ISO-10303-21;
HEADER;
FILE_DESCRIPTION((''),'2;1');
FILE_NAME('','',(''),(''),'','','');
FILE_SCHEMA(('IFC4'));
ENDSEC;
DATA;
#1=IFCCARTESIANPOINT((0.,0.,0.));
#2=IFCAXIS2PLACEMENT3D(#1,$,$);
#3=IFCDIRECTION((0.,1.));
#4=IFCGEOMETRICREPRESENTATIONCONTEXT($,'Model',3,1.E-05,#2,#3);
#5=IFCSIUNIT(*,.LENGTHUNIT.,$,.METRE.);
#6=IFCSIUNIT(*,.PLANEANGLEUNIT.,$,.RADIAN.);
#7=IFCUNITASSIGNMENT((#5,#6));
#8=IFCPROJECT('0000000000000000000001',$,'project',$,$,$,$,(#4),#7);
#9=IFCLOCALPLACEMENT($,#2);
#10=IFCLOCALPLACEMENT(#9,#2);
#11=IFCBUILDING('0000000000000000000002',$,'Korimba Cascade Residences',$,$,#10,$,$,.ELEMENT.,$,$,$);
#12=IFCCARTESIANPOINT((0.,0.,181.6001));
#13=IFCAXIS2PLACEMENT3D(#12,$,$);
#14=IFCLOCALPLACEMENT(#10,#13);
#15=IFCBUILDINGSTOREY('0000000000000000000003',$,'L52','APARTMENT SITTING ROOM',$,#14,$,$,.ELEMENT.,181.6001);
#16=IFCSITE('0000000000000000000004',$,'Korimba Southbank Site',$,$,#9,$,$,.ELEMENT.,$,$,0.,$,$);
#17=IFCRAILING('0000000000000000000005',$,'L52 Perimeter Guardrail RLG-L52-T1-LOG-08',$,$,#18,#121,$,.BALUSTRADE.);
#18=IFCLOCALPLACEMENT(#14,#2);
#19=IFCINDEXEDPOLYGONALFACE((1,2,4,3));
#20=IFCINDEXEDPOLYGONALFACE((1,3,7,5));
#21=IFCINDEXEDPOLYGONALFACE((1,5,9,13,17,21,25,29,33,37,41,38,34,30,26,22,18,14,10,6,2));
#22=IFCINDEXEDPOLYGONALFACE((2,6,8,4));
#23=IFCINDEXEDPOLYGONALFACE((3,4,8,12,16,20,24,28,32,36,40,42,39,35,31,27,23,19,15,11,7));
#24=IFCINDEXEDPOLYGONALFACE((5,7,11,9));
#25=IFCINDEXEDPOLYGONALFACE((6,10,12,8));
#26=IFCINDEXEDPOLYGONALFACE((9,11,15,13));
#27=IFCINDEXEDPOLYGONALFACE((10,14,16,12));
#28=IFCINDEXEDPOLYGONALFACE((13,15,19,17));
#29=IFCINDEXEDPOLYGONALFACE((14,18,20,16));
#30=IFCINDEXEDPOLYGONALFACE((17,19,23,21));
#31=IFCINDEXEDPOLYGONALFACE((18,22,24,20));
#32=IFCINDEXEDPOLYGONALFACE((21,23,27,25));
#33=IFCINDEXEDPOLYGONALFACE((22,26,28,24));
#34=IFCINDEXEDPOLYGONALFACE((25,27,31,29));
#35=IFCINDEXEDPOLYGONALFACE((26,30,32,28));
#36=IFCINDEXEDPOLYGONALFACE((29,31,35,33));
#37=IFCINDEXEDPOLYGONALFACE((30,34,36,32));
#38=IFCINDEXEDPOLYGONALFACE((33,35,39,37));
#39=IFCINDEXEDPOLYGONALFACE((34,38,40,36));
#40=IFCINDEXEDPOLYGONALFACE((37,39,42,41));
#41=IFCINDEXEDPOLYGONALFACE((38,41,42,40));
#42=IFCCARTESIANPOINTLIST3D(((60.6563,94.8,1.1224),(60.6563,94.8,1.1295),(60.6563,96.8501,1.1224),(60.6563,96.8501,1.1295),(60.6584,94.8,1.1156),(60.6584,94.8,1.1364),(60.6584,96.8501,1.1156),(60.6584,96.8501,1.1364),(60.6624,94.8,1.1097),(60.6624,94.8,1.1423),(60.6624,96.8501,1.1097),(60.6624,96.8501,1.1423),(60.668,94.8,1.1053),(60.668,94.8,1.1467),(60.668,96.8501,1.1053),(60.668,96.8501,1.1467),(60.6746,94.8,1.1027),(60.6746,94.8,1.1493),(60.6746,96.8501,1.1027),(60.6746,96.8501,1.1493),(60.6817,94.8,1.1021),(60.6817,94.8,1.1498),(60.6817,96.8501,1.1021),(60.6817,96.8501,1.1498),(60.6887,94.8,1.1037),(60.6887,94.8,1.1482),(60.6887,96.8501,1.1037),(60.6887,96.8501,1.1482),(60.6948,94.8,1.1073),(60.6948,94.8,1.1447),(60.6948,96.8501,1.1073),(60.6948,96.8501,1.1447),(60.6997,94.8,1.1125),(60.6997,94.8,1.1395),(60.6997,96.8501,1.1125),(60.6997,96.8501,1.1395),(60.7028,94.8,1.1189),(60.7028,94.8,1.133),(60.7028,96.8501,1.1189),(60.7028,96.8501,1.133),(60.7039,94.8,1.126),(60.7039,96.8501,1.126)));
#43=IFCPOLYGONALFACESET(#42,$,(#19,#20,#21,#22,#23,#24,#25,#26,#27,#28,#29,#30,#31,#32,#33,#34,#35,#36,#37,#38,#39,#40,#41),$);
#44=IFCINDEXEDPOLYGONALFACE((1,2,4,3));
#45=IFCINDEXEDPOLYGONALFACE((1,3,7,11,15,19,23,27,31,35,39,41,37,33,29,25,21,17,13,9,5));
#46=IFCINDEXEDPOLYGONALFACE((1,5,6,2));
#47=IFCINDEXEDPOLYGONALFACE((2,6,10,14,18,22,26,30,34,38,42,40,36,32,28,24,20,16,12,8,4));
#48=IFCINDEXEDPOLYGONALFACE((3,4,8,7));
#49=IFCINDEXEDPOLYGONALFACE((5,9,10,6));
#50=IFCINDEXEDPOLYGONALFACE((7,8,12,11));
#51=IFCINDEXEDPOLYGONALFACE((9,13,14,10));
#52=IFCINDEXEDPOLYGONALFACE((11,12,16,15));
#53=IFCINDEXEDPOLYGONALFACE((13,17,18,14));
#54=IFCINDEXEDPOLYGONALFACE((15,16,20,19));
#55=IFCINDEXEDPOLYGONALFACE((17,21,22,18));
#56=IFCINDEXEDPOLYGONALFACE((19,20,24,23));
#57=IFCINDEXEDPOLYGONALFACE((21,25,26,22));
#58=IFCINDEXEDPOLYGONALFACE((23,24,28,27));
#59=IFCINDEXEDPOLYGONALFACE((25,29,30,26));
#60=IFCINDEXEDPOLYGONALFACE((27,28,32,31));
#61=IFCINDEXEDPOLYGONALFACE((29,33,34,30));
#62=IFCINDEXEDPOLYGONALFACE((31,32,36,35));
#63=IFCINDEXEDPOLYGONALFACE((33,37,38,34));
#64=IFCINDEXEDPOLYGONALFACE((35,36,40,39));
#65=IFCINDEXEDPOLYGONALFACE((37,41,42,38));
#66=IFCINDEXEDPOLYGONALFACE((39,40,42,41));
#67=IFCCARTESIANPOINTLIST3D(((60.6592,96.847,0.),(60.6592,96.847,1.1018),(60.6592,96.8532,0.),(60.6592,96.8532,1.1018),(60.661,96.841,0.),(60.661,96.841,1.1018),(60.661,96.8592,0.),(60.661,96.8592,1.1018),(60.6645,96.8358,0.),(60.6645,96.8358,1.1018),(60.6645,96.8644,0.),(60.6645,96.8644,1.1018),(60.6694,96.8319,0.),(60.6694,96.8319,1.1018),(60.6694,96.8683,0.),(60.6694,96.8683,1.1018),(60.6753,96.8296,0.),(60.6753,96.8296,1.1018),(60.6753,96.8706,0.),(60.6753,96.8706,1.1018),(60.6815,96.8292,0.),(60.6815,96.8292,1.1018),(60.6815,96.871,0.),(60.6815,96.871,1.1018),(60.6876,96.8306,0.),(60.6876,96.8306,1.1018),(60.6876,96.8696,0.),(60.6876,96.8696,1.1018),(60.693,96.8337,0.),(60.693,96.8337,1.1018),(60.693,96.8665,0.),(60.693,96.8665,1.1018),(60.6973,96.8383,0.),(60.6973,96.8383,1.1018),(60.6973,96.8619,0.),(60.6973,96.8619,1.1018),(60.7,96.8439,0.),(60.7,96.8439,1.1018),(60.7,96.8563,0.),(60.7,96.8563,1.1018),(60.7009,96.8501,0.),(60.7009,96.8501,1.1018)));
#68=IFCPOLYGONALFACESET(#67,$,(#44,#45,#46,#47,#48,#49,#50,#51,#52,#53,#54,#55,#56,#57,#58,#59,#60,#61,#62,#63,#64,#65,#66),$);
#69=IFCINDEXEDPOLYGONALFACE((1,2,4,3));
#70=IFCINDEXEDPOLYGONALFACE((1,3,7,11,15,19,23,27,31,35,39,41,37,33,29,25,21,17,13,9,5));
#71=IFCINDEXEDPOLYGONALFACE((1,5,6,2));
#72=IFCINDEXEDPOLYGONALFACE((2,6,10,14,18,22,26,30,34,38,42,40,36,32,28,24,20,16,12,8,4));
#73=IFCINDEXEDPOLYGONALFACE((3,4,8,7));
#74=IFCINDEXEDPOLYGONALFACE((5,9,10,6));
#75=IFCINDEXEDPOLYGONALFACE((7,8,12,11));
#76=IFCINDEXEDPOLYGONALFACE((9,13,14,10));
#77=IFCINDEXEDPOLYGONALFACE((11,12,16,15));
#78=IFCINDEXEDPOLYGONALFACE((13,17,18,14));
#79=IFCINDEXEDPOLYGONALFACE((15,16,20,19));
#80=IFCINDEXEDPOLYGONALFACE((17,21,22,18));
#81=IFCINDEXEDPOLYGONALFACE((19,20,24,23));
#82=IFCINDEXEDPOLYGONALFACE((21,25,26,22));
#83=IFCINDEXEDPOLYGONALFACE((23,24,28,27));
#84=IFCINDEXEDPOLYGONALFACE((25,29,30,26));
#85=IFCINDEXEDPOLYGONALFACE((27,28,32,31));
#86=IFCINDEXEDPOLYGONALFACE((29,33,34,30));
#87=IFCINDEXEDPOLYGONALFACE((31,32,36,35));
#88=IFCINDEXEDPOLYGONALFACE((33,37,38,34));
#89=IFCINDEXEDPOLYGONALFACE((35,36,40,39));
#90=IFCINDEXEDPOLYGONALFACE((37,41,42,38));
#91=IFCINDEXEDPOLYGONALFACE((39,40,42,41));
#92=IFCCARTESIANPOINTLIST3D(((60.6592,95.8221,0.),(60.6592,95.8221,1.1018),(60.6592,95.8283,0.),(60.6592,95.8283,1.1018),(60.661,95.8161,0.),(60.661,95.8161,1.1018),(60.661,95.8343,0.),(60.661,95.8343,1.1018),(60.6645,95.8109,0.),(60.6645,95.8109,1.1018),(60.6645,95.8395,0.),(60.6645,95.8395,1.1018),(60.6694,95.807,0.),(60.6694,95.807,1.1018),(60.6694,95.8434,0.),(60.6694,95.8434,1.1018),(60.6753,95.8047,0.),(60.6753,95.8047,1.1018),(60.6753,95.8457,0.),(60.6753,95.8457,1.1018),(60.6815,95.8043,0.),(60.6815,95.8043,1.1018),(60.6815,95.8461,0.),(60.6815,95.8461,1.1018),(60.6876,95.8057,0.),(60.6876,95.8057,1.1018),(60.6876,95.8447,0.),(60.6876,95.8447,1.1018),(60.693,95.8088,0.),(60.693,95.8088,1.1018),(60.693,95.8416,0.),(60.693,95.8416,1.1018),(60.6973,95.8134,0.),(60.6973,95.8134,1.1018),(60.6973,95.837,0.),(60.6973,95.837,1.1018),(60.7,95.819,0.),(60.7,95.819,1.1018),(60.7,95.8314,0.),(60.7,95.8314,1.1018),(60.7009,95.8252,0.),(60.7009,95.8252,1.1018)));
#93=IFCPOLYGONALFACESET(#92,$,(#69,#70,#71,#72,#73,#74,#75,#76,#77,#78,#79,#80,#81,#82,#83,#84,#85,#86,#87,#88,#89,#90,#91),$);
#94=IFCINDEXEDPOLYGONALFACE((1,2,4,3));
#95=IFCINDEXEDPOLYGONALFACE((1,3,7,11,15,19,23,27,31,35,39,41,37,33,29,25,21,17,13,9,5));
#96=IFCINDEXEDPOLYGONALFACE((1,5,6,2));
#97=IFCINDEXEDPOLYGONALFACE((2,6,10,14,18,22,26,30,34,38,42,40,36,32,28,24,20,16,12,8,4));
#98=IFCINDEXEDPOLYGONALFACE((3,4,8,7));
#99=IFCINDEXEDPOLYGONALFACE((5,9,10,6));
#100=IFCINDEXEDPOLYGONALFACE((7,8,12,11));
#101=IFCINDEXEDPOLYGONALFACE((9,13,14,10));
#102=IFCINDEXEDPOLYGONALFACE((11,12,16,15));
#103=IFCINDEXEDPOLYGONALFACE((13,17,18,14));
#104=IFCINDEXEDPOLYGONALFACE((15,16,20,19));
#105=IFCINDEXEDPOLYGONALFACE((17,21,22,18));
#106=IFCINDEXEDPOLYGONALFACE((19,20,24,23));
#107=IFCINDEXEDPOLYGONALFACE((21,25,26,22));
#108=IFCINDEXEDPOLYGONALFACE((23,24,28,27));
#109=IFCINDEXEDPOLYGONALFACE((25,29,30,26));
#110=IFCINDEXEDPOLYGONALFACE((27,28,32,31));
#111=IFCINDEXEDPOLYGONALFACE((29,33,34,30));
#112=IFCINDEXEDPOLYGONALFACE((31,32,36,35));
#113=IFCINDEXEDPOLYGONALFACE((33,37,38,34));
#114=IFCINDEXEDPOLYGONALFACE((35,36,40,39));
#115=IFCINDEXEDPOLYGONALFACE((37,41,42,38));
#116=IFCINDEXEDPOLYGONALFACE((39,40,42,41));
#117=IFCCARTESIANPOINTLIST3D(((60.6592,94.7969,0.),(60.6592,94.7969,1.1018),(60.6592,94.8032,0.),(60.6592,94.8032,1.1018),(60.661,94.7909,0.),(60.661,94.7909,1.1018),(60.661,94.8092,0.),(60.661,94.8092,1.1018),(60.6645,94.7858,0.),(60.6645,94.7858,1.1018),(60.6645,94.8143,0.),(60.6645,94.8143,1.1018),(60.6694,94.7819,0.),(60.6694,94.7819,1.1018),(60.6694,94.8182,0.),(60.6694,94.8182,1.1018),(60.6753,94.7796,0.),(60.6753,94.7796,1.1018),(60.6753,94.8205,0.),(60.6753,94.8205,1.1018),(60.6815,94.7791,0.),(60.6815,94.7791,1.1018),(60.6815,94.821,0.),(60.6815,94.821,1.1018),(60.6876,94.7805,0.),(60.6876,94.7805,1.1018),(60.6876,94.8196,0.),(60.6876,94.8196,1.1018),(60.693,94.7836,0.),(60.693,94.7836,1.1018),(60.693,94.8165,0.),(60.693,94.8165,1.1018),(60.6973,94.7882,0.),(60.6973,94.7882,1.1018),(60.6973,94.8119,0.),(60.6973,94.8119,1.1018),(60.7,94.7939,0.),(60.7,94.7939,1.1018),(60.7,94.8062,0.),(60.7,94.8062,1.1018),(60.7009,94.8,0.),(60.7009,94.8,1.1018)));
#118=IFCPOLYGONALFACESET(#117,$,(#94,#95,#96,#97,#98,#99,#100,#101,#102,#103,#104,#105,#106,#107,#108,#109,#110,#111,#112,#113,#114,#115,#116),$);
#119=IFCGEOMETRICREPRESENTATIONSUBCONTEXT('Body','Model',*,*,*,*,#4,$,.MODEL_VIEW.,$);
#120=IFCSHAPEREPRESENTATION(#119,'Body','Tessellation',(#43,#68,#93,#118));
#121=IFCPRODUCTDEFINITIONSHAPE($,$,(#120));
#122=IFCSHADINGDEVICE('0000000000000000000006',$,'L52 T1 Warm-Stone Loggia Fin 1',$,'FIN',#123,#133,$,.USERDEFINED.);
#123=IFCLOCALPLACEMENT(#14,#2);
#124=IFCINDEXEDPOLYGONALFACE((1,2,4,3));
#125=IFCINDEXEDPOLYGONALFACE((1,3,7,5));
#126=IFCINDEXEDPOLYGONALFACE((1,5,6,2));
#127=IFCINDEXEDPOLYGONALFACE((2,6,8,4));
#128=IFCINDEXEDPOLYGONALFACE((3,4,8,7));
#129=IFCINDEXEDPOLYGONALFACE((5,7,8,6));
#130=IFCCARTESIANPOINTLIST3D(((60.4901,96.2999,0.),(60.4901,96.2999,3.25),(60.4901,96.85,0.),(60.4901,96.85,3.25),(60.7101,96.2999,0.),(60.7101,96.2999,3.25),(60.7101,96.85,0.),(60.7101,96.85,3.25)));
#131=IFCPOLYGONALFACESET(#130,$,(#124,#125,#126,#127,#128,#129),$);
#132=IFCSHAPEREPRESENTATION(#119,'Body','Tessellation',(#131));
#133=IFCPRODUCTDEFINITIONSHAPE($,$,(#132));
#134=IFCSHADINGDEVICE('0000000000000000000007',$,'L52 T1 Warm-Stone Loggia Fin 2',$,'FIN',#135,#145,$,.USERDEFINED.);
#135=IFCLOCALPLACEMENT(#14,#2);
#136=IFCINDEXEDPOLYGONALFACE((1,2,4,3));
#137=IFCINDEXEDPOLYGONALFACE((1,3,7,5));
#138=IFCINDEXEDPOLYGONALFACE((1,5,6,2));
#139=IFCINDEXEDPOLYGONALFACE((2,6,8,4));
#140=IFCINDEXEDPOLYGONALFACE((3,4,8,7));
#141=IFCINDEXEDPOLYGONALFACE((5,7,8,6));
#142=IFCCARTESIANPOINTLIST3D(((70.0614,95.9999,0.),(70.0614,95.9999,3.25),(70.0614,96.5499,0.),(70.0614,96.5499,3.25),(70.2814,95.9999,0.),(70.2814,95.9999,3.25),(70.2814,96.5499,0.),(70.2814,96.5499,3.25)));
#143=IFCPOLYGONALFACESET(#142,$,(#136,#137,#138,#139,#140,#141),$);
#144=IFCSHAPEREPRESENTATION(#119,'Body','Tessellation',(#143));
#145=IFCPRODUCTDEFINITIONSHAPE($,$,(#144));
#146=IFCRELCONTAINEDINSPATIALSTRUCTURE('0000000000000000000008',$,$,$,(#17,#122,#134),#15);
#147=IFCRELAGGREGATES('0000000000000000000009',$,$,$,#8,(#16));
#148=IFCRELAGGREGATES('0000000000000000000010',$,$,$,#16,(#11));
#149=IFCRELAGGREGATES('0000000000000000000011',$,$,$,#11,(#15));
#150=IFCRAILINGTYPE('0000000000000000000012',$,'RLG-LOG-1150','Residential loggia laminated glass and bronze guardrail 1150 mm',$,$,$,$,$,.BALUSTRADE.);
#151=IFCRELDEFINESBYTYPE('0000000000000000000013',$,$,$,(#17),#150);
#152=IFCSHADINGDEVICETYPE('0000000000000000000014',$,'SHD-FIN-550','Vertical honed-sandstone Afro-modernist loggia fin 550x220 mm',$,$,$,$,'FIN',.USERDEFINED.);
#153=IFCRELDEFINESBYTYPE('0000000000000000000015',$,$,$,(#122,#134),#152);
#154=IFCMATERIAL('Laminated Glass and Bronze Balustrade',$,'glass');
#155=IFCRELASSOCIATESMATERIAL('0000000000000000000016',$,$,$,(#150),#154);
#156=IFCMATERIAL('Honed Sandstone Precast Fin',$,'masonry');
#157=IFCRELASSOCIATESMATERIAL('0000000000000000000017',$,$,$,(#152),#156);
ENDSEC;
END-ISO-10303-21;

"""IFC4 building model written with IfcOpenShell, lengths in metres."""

from ifc_helpers import new_model, si_unit, direction, frame, origin, origin_2d, place, context, subcontext, project, spatial, rectangle, circle, extrude, material, type_object, element, save


model = new_model("IFC4")

# Units and contexts
model_context = context("Model", 3, precision=1e-05, world=origin(), true_north=direction((0.0, 1.0)))
body_context = subcontext(model_context, "Body", "Model", "MODEL_VIEW")
ifc_project = project(units=[si_unit("LENGTHUNIT", "METRE"), si_unit("PLANEANGLEUNIT", "RADIAN")], contexts=[model_context])

# Site, building, storey
site_placement = place(None, origin())
site = spatial("IfcSite", under=ifc_project, at=site_placement, Name="Korimba Southbank Site", CompositionType="ELEMENT", RefElevation=0.0)
building_placement = place(site_placement, origin())
building = spatial("IfcBuilding", under=site, at=building_placement, Name="Korimba Cascade Residences", CompositionType="ELEMENT")
storey_placement = place(building_placement, frame((0.0, 0.0, 181.6001)))
storey = spatial("IfcBuildingStorey", under=building, at=storey_placement, Name="L52", Description="APARTMENT SITTING ROOM", CompositionType="ELEMENT", Elevation=181.6001)

# Railing
ifc_material_1 = material(Name="Laminated Glass and Bronze Balustrade", Category="glass")
railing_type = type_object("IfcRailingType", Name="RLG-LOG-1150", Description="Residential loggia laminated glass and bronze guardrail 1150 mm", PredefinedType="BALUSTRADE", material=ifc_material_1)
railing_1_placement = place(storey_placement, frame((60.6799, 96.8501, 0.0)))
element("IfcRailing", 1, at=railing_1_placement, inside=storey, type_object=railing_type, Name="L52 Perimeter Guardrail RLG-L52-T1-LOG-08", PredefinedType="BALUSTRADE", context=body_context, shape_type="SweptSolid", body=[
    extrude(circle(Radius=0.0239, at=origin_2d()), frame((0.0, 0.0, 1.126), z_axis=(0.0, -1.0, 0.0), x_axis=(1.0, 0.0, 0.0)), (0.0, 0.0, 1.0), 2.05),
    extrude(circle(Radius=0.021, at=origin_2d()), origin(), (0.0, 0.0, 1.0), 1.1018),
    extrude(circle(Radius=0.021, at=origin_2d()), frame((0.0, -1.0249, 0.0)), (0.0, 0.0, 1.0), 1.1018),
    extrude(circle(Radius=0.021, at=origin_2d()), frame((0.0, -2.05, 0.0)), (0.0, 0.0, 1.0), 1.1018),
])

# Shading devices
ifc_material_2 = material(Name="Honed Sandstone Precast Fin", Category="masonry")
shading_device_type = type_object("IfcShadingDeviceType", Name="SHD-FIN-550", Description="Vertical honed-sandstone Afro-modernist loggia fin 550x220 mm", ElementType="FIN", PredefinedType="USERDEFINED", material=ifc_material_2)
for number, where, z_axis, x_axis, name in (
    (2, (60.6001, 96.575, 0.0), (0.0, 0.0, 1.0), (1.0, 0.0, 0.0), "L52 T1 Warm-Stone Loggia Fin 1"),
    (3, (70.1714, 96.2749, 0.0), (0.0, 0.0, 1.0), (1.0, 0.0, 0.0), "L52 T1 Warm-Stone Loggia Fin 2"),
):
    element("IfcShadingDevice", number, at=place(storey_placement, frame(where, z_axis=z_axis, x_axis=x_axis)), inside=storey, type_object=shading_device_type, Name=name, ObjectType="FIN", PredefinedType="USERDEFINED", context=body_context, shape_type="SweptSolid", body=[
        extrude(rectangle(XDim=0.22, YDim=0.55, at=origin_2d()), origin(), (0.0, 0.0, 1.0), 3.25),
    ])

save(model, "model.ifc")
